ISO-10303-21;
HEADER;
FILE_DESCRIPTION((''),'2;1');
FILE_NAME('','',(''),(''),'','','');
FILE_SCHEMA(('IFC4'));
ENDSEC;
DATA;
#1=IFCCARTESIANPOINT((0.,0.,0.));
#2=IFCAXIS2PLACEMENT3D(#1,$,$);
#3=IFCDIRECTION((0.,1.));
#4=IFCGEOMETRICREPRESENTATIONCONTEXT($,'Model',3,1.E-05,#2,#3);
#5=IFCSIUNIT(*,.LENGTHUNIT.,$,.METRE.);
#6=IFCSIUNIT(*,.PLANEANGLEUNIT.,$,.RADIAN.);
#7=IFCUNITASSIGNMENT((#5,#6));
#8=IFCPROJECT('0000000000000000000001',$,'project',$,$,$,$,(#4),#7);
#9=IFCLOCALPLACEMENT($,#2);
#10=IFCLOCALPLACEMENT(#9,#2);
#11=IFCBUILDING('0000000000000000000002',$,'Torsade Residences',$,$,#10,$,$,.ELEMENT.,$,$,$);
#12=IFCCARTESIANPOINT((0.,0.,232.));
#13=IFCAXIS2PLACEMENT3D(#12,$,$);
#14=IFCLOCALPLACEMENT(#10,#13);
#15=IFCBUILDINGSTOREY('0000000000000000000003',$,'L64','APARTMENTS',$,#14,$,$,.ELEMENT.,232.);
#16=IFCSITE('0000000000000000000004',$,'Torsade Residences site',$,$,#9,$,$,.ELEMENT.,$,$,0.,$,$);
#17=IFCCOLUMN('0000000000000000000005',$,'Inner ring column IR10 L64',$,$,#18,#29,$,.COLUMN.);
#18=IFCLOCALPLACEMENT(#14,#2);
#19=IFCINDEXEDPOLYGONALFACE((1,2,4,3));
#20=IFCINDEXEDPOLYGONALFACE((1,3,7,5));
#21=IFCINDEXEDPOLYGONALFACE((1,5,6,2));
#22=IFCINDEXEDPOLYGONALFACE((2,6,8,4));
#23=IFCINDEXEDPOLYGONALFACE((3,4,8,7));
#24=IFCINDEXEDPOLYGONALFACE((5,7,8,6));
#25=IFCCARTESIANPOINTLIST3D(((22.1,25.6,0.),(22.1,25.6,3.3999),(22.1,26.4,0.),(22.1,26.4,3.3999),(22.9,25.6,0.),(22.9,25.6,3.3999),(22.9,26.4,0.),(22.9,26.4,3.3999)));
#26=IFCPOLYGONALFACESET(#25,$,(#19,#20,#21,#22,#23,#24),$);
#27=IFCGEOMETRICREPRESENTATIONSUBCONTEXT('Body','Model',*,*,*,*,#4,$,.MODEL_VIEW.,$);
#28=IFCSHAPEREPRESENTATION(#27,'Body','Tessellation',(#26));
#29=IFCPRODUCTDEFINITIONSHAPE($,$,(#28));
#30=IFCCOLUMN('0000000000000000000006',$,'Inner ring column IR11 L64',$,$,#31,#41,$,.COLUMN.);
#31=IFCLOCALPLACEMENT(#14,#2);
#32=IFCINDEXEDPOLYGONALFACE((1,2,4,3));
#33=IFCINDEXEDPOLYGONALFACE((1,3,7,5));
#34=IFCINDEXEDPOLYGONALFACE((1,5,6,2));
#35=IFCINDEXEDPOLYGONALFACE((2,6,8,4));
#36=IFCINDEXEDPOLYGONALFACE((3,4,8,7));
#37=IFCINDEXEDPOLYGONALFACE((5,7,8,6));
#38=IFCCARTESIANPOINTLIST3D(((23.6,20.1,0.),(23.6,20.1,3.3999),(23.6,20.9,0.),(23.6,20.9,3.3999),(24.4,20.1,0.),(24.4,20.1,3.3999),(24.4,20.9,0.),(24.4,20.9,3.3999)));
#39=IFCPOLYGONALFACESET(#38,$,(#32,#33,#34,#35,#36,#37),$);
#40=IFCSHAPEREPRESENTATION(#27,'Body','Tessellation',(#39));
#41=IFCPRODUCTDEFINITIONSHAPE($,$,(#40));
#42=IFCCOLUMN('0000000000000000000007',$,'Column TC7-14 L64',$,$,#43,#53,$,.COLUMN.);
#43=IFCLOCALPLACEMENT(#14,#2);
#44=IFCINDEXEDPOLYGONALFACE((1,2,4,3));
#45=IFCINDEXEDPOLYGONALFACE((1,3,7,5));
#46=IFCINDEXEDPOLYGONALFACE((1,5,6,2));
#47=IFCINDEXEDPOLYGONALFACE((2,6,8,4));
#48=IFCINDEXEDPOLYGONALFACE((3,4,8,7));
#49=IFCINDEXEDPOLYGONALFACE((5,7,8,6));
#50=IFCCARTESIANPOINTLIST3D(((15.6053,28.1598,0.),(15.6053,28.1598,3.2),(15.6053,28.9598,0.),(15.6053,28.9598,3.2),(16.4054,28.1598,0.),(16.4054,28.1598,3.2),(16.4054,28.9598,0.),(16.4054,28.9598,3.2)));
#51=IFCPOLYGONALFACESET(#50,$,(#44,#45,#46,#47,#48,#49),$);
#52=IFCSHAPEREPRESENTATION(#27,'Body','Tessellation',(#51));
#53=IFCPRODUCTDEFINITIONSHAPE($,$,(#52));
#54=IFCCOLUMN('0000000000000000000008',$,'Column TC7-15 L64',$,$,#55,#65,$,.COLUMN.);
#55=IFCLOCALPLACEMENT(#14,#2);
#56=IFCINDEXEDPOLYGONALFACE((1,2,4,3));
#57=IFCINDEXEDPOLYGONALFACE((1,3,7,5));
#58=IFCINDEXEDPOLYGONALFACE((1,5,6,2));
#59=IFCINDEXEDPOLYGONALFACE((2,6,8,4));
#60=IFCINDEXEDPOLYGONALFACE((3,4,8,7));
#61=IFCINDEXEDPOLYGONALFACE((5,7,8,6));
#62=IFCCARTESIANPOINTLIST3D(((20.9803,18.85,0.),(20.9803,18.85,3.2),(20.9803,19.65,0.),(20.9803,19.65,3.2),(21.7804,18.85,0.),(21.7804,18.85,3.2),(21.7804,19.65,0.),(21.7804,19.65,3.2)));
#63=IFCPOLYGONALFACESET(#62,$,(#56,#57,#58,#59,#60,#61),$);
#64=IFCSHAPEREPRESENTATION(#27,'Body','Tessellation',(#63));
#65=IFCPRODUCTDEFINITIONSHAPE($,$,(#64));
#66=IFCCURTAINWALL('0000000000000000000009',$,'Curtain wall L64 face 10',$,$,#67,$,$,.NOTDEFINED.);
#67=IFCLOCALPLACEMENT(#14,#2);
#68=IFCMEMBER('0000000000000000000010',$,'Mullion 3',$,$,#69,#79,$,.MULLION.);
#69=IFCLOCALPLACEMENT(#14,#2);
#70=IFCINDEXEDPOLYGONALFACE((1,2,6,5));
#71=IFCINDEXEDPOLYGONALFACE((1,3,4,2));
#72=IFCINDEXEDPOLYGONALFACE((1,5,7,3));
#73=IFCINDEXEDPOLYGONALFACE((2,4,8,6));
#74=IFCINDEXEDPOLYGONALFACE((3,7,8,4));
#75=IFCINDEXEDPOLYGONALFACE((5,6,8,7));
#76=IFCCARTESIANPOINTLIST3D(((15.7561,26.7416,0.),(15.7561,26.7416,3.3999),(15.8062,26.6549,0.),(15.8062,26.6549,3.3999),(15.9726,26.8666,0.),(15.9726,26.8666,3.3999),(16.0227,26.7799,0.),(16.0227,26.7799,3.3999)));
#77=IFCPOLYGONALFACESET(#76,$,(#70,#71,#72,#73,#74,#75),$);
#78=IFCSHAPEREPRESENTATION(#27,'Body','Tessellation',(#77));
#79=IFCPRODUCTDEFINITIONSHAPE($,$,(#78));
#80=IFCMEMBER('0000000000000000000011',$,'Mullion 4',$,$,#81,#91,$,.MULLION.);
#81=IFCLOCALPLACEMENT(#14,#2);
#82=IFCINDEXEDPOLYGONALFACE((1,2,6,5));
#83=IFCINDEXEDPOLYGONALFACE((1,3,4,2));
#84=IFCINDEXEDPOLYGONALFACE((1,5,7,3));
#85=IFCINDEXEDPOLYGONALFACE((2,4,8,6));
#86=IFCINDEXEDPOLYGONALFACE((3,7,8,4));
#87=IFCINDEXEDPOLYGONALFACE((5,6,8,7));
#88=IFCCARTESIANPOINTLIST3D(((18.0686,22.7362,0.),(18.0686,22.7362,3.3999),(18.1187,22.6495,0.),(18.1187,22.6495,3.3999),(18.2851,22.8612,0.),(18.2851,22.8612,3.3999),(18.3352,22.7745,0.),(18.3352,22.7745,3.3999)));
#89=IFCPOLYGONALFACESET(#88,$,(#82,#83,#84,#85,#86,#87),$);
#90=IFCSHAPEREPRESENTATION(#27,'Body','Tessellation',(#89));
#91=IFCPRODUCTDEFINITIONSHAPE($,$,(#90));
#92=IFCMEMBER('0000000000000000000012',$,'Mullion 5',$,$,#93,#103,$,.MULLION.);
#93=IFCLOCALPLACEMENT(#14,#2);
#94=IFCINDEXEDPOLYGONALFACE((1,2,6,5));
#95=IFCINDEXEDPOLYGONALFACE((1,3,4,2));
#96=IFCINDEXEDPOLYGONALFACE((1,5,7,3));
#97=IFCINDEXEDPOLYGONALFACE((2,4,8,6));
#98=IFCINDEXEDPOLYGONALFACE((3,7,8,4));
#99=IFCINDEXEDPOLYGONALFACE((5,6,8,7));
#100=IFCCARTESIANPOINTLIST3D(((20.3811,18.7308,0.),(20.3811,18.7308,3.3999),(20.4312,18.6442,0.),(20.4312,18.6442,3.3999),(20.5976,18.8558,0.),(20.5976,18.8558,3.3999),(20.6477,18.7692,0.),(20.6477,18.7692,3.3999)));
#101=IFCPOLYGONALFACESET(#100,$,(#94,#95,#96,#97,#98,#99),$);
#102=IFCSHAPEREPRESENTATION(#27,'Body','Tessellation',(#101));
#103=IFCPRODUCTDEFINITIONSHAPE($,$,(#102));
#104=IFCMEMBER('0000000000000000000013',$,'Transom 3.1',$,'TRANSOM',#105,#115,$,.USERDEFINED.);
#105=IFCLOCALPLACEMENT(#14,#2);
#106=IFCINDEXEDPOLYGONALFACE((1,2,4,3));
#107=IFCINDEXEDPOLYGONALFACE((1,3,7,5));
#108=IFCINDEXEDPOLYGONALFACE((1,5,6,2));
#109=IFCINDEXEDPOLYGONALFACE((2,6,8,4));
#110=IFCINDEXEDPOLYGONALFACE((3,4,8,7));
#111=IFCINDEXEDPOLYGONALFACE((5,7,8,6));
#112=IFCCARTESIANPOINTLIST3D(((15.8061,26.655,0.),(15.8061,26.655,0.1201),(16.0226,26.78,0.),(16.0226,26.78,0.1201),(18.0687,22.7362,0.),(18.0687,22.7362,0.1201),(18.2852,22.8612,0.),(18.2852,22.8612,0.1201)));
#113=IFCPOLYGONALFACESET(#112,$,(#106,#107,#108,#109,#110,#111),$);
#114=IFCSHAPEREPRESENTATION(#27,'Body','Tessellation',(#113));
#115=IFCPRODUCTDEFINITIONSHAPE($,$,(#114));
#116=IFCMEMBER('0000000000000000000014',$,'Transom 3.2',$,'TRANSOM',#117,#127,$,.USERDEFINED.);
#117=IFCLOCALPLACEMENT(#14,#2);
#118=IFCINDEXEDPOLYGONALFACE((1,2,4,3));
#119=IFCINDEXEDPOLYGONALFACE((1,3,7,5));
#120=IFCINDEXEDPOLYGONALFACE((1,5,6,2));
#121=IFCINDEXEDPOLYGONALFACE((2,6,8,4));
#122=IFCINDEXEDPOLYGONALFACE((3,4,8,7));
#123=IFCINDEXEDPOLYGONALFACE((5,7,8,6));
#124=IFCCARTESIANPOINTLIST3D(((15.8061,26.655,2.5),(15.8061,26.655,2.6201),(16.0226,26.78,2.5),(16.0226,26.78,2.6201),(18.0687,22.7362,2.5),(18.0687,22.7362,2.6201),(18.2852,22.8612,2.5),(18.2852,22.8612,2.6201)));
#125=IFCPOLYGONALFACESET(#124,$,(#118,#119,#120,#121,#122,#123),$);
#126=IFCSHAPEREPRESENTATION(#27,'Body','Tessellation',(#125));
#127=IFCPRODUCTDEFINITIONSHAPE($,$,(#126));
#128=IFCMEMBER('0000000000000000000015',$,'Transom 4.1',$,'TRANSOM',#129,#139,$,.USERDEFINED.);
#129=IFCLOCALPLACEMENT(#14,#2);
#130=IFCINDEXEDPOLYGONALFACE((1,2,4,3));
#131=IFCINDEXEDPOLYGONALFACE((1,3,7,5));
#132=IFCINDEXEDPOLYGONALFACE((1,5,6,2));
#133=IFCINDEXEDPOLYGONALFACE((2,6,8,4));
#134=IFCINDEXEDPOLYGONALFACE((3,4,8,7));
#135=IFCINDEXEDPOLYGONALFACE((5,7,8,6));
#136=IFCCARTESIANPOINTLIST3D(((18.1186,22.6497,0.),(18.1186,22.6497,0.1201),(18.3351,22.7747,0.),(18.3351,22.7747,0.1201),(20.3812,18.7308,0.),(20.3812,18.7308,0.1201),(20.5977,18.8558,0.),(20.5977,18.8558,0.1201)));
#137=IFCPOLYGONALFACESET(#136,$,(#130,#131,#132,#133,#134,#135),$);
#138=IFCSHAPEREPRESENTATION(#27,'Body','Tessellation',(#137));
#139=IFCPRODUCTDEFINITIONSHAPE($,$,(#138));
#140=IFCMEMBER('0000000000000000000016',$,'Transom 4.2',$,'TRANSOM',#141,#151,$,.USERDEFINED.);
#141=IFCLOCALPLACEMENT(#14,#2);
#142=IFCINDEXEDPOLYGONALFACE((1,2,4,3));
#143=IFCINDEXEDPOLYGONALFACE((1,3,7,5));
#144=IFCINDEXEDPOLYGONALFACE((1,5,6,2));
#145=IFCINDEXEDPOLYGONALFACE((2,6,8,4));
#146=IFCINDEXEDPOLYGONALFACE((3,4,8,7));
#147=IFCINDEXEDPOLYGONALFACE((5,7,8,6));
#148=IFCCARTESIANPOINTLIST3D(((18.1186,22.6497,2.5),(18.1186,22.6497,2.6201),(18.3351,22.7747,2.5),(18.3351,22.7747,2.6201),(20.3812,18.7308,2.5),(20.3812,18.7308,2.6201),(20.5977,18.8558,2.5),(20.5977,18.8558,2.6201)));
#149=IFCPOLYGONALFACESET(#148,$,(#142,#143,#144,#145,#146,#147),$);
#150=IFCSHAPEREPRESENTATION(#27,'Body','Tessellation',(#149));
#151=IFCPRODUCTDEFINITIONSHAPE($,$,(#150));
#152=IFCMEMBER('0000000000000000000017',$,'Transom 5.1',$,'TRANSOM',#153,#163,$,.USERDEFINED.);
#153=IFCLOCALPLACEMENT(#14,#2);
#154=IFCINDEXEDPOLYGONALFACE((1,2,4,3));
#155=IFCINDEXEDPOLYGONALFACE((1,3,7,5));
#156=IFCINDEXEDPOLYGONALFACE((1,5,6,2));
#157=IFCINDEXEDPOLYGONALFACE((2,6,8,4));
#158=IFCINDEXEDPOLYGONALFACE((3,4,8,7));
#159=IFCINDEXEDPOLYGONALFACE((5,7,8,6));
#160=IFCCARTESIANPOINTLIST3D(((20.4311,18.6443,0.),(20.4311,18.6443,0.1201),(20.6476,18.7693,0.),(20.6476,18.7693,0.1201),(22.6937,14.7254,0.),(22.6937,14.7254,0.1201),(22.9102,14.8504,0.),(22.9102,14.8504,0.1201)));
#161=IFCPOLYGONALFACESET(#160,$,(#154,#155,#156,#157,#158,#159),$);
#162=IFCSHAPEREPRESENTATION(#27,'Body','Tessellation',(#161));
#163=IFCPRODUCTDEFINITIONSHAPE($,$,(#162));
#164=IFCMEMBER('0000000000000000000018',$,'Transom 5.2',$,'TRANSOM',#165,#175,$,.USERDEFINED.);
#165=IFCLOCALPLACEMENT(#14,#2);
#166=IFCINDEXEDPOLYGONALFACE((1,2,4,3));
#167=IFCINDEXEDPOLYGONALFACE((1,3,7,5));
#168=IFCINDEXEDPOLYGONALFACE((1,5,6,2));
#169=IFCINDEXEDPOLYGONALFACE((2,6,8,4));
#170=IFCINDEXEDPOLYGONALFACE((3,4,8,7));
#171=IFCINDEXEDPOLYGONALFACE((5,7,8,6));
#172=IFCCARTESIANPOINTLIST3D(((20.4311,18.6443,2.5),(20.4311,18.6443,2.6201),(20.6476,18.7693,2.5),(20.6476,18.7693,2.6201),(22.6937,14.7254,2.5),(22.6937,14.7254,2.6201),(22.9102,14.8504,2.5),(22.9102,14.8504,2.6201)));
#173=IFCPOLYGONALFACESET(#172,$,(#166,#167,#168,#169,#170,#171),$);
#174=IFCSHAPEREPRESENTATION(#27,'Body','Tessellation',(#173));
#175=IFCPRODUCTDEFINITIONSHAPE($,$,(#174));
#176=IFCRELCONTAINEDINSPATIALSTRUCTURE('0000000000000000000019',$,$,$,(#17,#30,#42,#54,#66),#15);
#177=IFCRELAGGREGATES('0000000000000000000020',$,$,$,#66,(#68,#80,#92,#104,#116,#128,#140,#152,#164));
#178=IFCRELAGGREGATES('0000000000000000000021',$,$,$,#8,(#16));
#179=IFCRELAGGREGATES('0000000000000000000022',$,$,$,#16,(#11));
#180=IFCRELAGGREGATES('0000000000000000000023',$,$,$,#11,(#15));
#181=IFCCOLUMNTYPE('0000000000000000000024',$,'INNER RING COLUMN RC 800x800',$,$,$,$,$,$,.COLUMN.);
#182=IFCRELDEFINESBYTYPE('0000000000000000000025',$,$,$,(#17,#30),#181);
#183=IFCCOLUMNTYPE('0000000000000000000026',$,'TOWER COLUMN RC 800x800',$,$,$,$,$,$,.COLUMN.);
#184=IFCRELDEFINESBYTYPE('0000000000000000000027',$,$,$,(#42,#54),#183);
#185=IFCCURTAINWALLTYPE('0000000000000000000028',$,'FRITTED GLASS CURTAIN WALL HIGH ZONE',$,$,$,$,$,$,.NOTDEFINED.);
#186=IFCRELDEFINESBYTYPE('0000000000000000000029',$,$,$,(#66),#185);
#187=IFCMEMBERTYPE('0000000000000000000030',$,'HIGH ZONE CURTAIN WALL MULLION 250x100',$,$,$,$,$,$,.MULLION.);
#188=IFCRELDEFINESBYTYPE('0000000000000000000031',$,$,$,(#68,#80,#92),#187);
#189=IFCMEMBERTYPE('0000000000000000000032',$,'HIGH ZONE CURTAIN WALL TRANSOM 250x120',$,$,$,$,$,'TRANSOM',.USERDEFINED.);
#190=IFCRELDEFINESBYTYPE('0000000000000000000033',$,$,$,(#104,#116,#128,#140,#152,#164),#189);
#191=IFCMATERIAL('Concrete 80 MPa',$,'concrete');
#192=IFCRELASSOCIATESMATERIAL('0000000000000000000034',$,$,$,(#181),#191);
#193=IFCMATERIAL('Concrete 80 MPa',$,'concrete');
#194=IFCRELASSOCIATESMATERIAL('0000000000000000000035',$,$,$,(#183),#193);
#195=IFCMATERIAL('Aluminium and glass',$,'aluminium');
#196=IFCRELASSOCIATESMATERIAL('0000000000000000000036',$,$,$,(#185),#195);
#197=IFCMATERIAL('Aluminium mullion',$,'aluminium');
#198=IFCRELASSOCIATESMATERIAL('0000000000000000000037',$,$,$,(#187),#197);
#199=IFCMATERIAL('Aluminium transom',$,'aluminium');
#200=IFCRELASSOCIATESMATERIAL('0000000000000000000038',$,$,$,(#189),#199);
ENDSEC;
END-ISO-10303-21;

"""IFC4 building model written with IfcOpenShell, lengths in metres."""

from ifc_helpers import new_model, si_unit, direction, frame, origin, origin_2d, place, context, subcontext, project, spatial, rectangle, extrude, material, material_profile, profile_set, type_object, element, aggregate, save


model = new_model("IFC4")

# Units and contexts
model_context = context("Model", 3, precision=1e-05, world=origin(), true_north=direction((0.0, 1.0)))
body_context = subcontext(model_context, "Body", "Model", "MODEL_VIEW")
ifc_project = project(units=[si_unit("LENGTHUNIT", "METRE"), si_unit("PLANEANGLEUNIT", "RADIAN")], contexts=[model_context])

# Site, building, storey
site_placement = place(None, origin())
site = spatial("IfcSite", under=ifc_project, at=site_placement, Name="Torsade Residences site", CompositionType="ELEMENT", RefElevation=0.0)
building_placement = place(site_placement, origin())
building = spatial("IfcBuilding", under=site, at=building_placement, Name="Torsade Residences", CompositionType="ELEMENT")
storey_placement = place(building_placement, frame((0.0, 0.0, 232.0)))
storey = spatial("IfcBuildingStorey", under=building, at=storey_placement, Name="L64", Description="APARTMENTS", CompositionType="ELEMENT", Elevation=232.0)

# Columns
ifc_material_1 = material(Name="Concrete 80 MPa", Category="concrete")
ifc_material_profile_1 = material_profile(ifc_material_1, rectangle(XDim=0.8, YDim=0.8, at=origin_2d()), Name="RC 800x800")
ifc_profile_set_1 = profile_set([ifc_material_profile_1], Name="Concrete 80 MPa")
column_type_1 = type_object("IfcColumnType", Name="INNER RING COLUMN RC 800x800", PredefinedType="COLUMN", material=ifc_profile_set_1)
for number, where, z_axis, x_axis, name in (
    (1, (22.5, 26.0, 0.0), (0.0, 0.0, 1.0), (1.0, 0.0, 0.0), "Inner ring column IR10 L64"),
    (2, (24.0, 20.5, 0.0), (0.0, 0.0, 1.0), (1.0, 0.0, 0.0), "Inner ring column IR11 L64"),
):
    element("IfcColumn", number, at=place(storey_placement, frame(where, z_axis=z_axis, x_axis=x_axis)), inside=storey, type_object=column_type_1, Name=name, PredefinedType="COLUMN", context=body_context, shape_type="SweptSolid", body=[
        extrude(rectangle(XDim=0.8, YDim=0.8, at=origin_2d()), origin(), (0.0, 0.0, 1.0), 3.3999),
    ])
ifc_material_2 = material(Name="Concrete 80 MPa", Category="concrete")
ifc_material_profile_2 = material_profile(ifc_material_2, rectangle(XDim=0.8, YDim=0.8, at=origin_2d()), Name="RC 800x800")
ifc_profile_set_2 = profile_set([ifc_material_profile_2], Name="Concrete 80 MPa")
column_type_2 = type_object("IfcColumnType", Name="TOWER COLUMN RC 800x800", PredefinedType="COLUMN", material=ifc_profile_set_2)
for number, where, z_axis, x_axis, name in (
    (3, (16.0054, 28.5598, 0.0), (0.0, 0.0, 1.0), (1.0, 0.0, 0.0), "Column TC7-14 L64"),
    (4, (21.3804, 19.25, 0.0), (0.0, 0.0, 1.0), (1.0, 0.0, 0.0), "Column TC7-15 L64"),
):
    element("IfcColumn", number, at=place(storey_placement, frame(where, z_axis=z_axis, x_axis=x_axis)), inside=storey, type_object=column_type_2, Name=name, PredefinedType="COLUMN", context=body_context, shape_type="SweptSolid", body=[
        extrude(rectangle(XDim=0.8, YDim=0.8, at=origin_2d()), origin(), (0.0, 0.0, 1.0), 3.2),
    ])

# Curtain wall, members
ifc_material_3 = material(Name="Aluminium and glass", Category="aluminium")
curtain_wall_type = type_object("IfcCurtainWallType", Name="FRITTED GLASS CURTAIN WALL HIGH ZONE", PredefinedType="NOTDEFINED", material=ifc_material_3)
curtain_wall_placement = place(storey_placement, origin())
curtain_wall = element("IfcCurtainWall", 5, at=curtain_wall_placement, inside=storey, type_object=curtain_wall_type, Name="Curtain wall L64 face 10", PredefinedType="NOTDEFINED")
ifc_material_4 = material(Name="Aluminium mullion", Category="aluminium")
ifc_material_profile_3 = material_profile(ifc_material_4, rectangle(XDim=0.25, YDim=0.1001, at=origin_2d()), Name="HIGH ZONE CURTAIN WALL MULLION 250x100")
ifc_profile_set_3 = profile_set([ifc_material_profile_3], Name="Aluminium mullion")
member_type_1 = type_object("IfcMemberType", Name="HIGH ZONE CURTAIN WALL MULLION 250x100", PredefinedType="MULLION", material=ifc_profile_set_3)
member_1_placement = place(storey_placement, frame((15.8894, 26.7607, 0.0), z_axis=(0.0, 0.0, 1.0), x_axis=(0.866025, 0.5, 0.0)))
member_1 = element("IfcMember", 6, at=member_1_placement, type_object=member_type_1, Name="Mullion 3", PredefinedType="MULLION", context=body_context, shape_type="SweptSolid", body=[
    extrude(rectangle(XDim=0.25, YDim=0.1001, at=origin_2d()), origin(), (0.0, 0.0, 1.0), 3.3999),
])
member_2_placement = place(storey_placement, frame((18.2019, 22.7554, 0.0), z_axis=(0.0, 0.0, 1.0), x_axis=(0.866025, 0.5, 0.0)))
member_2 = element("IfcMember", 7, at=member_2_placement, type_object=member_type_1, Name="Mullion 4", PredefinedType="MULLION", context=body_context, shape_type="SweptSolid", body=[
    extrude(rectangle(XDim=0.25, YDim=0.1001, at=origin_2d()), origin(), (0.0, 0.0, 1.0), 3.3999),
])
member_3_placement = place(storey_placement, frame((20.5144, 18.75, 0.0), z_axis=(0.0, 0.0, 1.0), x_axis=(0.866025, 0.5, 0.0)))
member_3 = element("IfcMember", 8, at=member_3_placement, type_object=member_type_1, Name="Mullion 5", PredefinedType="MULLION", context=body_context, shape_type="SweptSolid", body=[
    extrude(rectangle(XDim=0.25, YDim=0.1001, at=origin_2d()), origin(), (0.0, 0.0, 1.0), 3.3999),
])
ifc_material_5 = material(Name="Aluminium transom", Category="aluminium")
ifc_material_profile_4 = material_profile(ifc_material_5, rectangle(XDim=0.25, YDim=0.1201, at=origin_2d()), Name="HIGH ZONE CURTAIN WALL TRANSOM 250x120")
ifc_profile_set_4 = profile_set([ifc_material_profile_4], Name="Aluminium transom")
member_type_2 = type_object("IfcMemberType", Name="HIGH ZONE CURTAIN WALL TRANSOM 250x120", ElementType="TRANSOM", PredefinedType="USERDEFINED", material=ifc_profile_set_4)
member_4_placement = place(storey_placement, frame((15.9143, 26.7175, 0.0601), z_axis=(0.500015, -0.866017, 0.0), x_axis=(0.866017, 0.500015, 0.0)))
member_4 = element("IfcMember", 9, at=member_4_placement, type_object=member_type_2, Name="Transom 3.1", ObjectType="TRANSOM", PredefinedType="USERDEFINED", context=body_context, shape_type="SweptSolid", body=[
    extrude(rectangle(XDim=0.25, YDim=0.1201, at=origin_2d()), origin(), (0.0, 0.0, 1.0), 4.5251),
])
member_5_placement = place(storey_placement, frame((15.9143, 26.7175, 2.5601), z_axis=(0.500015, -0.866017, 0.0), x_axis=(0.866017, 0.500015, 0.0)))
member_5 = element("IfcMember", 10, at=member_5_placement, type_object=member_type_2, Name="Transom 3.2", ObjectType="TRANSOM", PredefinedType="USERDEFINED", context=body_context, shape_type="SweptSolid", body=[
    extrude(rectangle(XDim=0.25, YDim=0.1201, at=origin_2d()), origin(), (0.0, 0.0, 1.0), 4.5251),
])
member_6_placement = place(storey_placement, frame((18.2268, 22.7122, 0.0601), z_axis=(0.500015, -0.866017, 0.0), x_axis=(0.866017, 0.500015, 0.0)))
member_6 = element("IfcMember", 11, at=member_6_placement, type_object=member_type_2, Name="Transom 4.1", ObjectType="TRANSOM", PredefinedType="USERDEFINED", context=body_context, shape_type="SweptSolid", body=[
    extrude(rectangle(XDim=0.25, YDim=0.1201, at=origin_2d()), origin(), (0.0, 0.0, 1.0), 4.5251),
])
member_7_placement = place(storey_placement, frame((18.2268, 22.7122, 2.5601), z_axis=(0.500015, -0.866017, 0.0), x_axis=(0.866017, 0.500015, 0.0)))
member_7 = element("IfcMember", 12, at=member_7_placement, type_object=member_type_2, Name="Transom 4.2", ObjectType="TRANSOM", PredefinedType="USERDEFINED", context=body_context, shape_type="SweptSolid", body=[
    extrude(rectangle(XDim=0.25, YDim=0.1201, at=origin_2d()), origin(), (0.0, 0.0, 1.0), 4.5251),
])
member_8_placement = place(storey_placement, frame((20.5393, 18.7068, 0.0601), z_axis=(0.500015, -0.866017, 0.0), x_axis=(0.866017, 0.500015, 0.0)))
member_8 = element("IfcMember", 13, at=member_8_placement, type_object=member_type_2, Name="Transom 5.1", ObjectType="TRANSOM", PredefinedType="USERDEFINED", context=body_context, shape_type="SweptSolid", body=[
    extrude(rectangle(XDim=0.25, YDim=0.1201, at=origin_2d()), origin(), (0.0, 0.0, 1.0), 4.5251),
])
member_9_placement = place(storey_placement, frame((20.5393, 18.7068, 2.5601), z_axis=(0.500015, -0.866017, 0.0), x_axis=(0.866017, 0.500015, 0.0)))
member_9 = element("IfcMember", 14, at=member_9_placement, type_object=member_type_2, Name="Transom 5.2", ObjectType="TRANSOM", PredefinedType="USERDEFINED", context=body_context, shape_type="SweptSolid", body=[
    extrude(rectangle(XDim=0.25, YDim=0.1201, at=origin_2d()), origin(), (0.0, 0.0, 1.0), 4.5251),
])

aggregate(curtain_wall, [member_1, member_2, member_3, member_4, member_5, member_6, member_7, member_8, member_9])

save(model, "model.ifc")
